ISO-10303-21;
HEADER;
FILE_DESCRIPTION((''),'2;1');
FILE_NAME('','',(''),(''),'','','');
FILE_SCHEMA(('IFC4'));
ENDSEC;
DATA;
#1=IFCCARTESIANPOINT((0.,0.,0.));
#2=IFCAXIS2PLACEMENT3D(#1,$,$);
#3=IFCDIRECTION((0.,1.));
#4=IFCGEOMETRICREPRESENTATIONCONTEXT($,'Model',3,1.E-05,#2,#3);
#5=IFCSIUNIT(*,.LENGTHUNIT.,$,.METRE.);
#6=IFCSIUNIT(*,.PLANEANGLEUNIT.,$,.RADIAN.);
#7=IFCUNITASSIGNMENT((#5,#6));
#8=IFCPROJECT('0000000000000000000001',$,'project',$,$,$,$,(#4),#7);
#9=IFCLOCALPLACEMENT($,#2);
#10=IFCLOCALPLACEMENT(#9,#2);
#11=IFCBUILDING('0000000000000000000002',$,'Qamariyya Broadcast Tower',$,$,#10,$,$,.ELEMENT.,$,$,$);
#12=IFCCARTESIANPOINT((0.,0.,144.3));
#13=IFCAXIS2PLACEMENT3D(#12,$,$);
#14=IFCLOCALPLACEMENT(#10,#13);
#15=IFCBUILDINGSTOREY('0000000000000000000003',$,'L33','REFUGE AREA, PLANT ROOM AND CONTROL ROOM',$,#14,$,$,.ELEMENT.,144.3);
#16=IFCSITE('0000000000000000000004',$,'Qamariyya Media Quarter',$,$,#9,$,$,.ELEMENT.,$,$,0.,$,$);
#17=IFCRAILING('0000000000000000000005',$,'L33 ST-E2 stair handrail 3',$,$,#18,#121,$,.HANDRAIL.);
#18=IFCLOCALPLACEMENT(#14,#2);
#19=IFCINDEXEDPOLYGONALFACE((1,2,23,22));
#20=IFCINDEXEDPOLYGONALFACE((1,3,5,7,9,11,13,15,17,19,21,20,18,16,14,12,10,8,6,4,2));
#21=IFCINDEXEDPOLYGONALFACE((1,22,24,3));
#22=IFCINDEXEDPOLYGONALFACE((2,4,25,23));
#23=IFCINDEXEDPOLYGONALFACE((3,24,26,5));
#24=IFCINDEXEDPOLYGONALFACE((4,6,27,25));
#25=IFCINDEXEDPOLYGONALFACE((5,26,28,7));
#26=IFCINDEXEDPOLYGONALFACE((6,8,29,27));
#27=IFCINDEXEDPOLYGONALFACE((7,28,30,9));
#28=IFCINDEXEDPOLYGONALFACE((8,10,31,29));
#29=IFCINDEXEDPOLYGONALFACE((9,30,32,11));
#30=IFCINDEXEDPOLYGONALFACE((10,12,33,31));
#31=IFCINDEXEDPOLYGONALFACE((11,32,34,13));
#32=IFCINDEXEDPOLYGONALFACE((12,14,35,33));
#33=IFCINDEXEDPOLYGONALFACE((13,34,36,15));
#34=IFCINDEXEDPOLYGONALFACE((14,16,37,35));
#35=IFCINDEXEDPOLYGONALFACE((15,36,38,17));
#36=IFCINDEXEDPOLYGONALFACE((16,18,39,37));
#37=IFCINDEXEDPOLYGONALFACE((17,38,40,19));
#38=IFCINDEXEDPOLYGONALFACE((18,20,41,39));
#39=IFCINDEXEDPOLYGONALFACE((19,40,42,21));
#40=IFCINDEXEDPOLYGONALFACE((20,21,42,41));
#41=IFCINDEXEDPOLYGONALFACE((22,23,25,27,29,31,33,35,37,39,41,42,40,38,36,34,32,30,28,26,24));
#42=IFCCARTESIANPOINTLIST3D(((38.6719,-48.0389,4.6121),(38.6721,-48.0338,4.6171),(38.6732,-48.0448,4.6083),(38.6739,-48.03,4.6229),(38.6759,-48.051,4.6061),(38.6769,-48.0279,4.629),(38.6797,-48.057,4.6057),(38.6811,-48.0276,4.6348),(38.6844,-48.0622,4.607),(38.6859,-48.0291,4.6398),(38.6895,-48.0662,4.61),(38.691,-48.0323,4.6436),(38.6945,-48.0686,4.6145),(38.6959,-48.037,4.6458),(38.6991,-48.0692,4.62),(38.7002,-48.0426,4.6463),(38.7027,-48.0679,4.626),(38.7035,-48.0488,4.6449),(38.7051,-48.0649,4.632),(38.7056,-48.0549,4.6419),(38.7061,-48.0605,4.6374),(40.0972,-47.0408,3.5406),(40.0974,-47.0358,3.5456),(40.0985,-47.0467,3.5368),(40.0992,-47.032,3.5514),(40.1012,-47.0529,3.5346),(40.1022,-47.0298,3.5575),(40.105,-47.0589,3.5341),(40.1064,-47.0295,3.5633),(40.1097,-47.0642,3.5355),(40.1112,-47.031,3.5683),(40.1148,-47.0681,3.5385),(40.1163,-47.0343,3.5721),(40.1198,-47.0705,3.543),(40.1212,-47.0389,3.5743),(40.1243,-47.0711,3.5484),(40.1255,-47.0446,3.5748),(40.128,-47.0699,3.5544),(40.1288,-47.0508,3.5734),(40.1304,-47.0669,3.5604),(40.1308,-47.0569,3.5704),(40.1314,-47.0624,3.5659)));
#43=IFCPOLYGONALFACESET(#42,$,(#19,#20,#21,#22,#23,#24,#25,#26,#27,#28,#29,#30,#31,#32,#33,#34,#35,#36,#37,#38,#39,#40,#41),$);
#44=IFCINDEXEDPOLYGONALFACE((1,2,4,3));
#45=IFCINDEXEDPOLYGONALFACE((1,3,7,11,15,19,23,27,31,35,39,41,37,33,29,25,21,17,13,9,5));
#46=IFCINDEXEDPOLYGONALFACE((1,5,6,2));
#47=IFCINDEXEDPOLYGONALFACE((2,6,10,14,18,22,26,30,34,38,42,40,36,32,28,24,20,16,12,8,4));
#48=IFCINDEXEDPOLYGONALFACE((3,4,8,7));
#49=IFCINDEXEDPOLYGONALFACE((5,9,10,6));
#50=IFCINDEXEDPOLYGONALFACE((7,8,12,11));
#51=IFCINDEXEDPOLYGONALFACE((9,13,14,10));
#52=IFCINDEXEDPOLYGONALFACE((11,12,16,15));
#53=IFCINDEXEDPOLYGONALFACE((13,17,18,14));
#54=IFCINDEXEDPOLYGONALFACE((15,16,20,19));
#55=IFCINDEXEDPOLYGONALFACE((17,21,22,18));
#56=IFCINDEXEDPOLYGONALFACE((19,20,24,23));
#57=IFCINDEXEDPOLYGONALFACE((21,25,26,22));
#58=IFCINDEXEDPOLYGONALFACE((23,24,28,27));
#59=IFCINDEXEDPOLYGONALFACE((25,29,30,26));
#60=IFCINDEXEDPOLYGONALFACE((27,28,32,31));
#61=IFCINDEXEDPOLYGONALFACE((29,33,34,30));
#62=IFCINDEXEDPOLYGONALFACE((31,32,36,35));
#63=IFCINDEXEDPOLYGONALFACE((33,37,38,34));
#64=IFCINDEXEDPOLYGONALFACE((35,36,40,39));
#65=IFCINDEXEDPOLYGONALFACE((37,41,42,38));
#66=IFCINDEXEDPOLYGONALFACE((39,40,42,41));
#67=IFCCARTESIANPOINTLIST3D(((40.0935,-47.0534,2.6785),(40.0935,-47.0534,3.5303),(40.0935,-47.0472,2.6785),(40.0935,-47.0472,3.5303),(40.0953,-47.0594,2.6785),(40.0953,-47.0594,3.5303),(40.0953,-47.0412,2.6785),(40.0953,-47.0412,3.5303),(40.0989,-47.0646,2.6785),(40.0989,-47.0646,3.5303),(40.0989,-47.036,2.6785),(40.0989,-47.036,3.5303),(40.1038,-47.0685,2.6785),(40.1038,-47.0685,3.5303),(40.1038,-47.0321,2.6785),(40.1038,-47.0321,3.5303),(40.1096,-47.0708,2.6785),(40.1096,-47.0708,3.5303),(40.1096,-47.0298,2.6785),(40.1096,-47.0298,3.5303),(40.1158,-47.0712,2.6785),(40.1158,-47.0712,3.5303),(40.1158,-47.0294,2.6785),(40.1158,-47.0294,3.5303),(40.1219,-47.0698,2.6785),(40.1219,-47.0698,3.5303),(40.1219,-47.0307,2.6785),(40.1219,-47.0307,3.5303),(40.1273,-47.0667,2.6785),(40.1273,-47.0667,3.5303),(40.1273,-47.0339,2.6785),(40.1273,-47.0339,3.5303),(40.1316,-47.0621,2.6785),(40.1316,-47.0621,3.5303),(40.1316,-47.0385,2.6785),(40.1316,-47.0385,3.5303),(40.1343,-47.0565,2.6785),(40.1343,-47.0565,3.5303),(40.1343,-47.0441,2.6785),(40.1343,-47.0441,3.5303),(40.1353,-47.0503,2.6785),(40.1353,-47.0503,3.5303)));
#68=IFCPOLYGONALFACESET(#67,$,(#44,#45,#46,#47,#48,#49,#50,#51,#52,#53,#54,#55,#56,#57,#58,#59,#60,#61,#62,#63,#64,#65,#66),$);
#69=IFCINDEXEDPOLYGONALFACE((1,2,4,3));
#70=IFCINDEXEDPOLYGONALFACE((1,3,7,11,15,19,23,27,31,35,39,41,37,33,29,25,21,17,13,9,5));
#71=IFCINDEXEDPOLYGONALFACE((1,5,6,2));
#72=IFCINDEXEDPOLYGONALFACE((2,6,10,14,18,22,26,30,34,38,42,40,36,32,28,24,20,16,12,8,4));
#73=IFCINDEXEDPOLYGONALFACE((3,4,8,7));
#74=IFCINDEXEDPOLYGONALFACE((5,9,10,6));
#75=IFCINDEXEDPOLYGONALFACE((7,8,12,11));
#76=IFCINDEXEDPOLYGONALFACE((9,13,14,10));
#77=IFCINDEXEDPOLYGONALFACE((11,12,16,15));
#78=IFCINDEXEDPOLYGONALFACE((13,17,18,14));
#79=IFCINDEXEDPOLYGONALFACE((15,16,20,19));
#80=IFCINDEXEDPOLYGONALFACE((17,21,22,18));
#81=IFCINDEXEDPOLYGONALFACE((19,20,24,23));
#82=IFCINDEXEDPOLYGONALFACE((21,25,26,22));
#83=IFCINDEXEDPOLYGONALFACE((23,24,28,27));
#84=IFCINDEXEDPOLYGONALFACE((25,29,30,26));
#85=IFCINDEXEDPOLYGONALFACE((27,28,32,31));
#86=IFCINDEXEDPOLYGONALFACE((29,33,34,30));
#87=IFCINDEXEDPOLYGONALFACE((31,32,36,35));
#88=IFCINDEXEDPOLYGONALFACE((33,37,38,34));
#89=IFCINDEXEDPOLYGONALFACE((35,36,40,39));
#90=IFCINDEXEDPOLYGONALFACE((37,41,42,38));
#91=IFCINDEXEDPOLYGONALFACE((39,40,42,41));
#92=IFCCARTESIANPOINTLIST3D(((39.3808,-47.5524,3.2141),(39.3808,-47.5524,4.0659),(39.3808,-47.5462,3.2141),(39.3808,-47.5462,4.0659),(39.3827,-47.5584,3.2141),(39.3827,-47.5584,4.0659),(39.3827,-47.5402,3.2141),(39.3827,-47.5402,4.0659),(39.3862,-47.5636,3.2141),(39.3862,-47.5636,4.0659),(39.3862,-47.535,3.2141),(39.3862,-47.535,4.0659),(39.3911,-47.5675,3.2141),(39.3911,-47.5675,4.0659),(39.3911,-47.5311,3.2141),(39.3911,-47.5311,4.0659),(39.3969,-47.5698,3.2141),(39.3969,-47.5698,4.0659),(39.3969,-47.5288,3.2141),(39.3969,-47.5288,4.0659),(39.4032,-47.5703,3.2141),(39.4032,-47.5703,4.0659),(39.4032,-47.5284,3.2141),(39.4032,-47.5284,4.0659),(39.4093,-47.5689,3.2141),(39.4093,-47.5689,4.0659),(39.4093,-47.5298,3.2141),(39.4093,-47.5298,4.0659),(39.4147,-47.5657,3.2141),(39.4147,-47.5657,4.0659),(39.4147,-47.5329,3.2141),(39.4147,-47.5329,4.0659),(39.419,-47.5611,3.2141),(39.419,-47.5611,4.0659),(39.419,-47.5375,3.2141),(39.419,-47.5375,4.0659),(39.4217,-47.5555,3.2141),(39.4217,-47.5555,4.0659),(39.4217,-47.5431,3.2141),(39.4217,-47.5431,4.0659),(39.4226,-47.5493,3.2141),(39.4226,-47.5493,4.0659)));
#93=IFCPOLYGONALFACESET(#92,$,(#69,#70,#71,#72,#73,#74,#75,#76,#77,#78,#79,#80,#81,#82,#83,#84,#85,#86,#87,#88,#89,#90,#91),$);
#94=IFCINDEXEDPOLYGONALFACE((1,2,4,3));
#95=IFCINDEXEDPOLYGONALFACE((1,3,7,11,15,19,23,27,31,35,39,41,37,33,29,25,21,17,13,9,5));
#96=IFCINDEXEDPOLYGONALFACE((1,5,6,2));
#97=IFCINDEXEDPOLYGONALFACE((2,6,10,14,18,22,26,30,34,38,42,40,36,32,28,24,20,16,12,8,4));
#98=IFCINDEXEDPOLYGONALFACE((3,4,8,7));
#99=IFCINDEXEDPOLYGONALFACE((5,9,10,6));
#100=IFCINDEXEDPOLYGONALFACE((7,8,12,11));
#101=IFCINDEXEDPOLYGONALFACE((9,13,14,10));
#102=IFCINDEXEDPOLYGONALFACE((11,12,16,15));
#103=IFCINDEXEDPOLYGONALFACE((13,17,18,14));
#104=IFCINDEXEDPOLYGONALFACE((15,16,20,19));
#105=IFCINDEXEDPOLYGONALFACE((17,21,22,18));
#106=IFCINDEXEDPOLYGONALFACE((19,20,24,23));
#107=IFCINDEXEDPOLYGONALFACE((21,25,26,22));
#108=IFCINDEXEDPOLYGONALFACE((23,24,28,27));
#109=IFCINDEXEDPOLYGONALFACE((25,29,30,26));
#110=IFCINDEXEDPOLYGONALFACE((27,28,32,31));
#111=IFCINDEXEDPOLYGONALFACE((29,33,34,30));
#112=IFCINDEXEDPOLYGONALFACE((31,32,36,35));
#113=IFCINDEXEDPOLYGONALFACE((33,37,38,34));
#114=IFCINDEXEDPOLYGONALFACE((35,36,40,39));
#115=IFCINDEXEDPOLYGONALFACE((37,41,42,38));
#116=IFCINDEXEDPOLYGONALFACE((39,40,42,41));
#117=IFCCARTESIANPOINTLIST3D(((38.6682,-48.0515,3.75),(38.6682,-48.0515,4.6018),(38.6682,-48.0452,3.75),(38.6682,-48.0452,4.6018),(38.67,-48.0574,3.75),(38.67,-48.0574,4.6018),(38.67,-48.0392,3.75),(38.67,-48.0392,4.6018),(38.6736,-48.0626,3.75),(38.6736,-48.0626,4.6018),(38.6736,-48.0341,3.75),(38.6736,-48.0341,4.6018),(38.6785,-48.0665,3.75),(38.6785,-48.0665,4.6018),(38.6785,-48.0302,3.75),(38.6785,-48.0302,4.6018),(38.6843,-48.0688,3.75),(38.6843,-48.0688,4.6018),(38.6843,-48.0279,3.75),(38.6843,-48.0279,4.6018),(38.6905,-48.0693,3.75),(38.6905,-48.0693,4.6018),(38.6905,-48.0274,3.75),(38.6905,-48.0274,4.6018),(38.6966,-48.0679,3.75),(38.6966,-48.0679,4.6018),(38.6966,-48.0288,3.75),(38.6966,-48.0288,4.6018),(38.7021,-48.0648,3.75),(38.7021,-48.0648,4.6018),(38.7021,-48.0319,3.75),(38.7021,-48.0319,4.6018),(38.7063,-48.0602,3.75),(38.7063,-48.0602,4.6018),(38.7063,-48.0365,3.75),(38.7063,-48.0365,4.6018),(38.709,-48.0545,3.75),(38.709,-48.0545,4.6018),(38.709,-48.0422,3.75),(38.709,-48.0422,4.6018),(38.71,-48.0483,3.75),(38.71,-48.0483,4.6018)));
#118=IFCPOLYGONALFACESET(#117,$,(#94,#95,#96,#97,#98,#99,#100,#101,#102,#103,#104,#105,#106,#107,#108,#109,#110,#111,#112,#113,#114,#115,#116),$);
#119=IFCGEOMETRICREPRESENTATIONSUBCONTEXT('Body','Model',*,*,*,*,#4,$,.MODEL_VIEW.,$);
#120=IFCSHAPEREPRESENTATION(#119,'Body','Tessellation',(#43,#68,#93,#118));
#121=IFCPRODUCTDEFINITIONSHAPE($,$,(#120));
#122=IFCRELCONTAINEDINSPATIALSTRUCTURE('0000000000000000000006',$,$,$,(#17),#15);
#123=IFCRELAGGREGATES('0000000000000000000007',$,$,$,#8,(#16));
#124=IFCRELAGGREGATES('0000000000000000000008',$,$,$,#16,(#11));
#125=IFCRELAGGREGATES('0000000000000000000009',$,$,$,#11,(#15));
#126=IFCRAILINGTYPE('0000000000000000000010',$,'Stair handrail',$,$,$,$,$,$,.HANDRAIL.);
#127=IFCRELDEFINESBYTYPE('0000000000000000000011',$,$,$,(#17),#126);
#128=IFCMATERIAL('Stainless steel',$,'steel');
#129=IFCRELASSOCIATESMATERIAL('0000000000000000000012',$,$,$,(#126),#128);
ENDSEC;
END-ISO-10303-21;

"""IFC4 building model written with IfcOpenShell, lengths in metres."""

from ifc_helpers import new_model, si_unit, direction, frame, origin, origin_2d, place, context, subcontext, project, spatial, circle, extrude, material, type_object, element, save


model = new_model("IFC4")

# Units and contexts
model_context = context("Model", 3, precision=1e-05, world=origin(), true_north=direction((0.0, 1.0)))
body_context = subcontext(model_context, "Body", "Model", "MODEL_VIEW")
ifc_project = project(units=[si_unit("LENGTHUNIT", "METRE"), si_unit("PLANEANGLEUNIT", "RADIAN")], contexts=[model_context])

# Site, building, storey
site_placement = place(None, origin())
site = spatial("IfcSite", under=ifc_project, at=site_placement, Name="Qamariyya Media Quarter", CompositionType="ELEMENT", RefElevation=0.0)
building_placement = place(site_placement, origin())
building = spatial("IfcBuilding", under=site, at=building_placement, Name="Qamariyya Broadcast Tower", CompositionType="ELEMENT")
storey_placement = place(building_placement, frame((0.0, 0.0, 144.3)))
storey = spatial("IfcBuildingStorey", under=building, at=storey_placement, Name="L33", Description="REFUGE AREA, PLANT ROOM AND CONTROL ROOM", CompositionType="ELEMENT", Elevation=144.3)

# Railing
ifc_material_1 = material(Name="Stainless steel", Category="steel")
railing_type_1 = type_object("IfcRailingType", Name="Stair handrail", PredefinedType="HANDRAIL", material=ifc_material_1)
railing_1_placement = place(storey_placement, frame((40.1143, -47.0503, 2.6785)))
element("IfcRailing", 1, at=railing_1_placement, inside=storey, type_object=railing_type_1, Name="L33 ST-E2 stair handrail 3", PredefinedType="HANDRAIL", context=body_context, shape_type="SweptSolid", body=[
    extrude(circle(Radius=0.0239, at=origin_2d()), frame((0.0, 0.0, 0.876), z_axis=(-0.697489, -0.48841, 0.524371), x_axis=(0.573594, -0.81914, 0.0)), (0.0, 0.0, 1.0), 2.0435),
    extrude(circle(Radius=0.021, at=origin_2d()), origin(), (0.0, 0.0, 1.0), 0.8518),
    extrude(circle(Radius=0.021, at=origin_2d()), frame((-0.7126, -0.499, 0.5356)), (0.0, 0.0, 1.0), 0.8518),
    extrude(circle(Radius=0.021, at=origin_2d()), frame((-1.4253, -0.998, 1.0715)), (0.0, 0.0, 1.0), 0.8518),
])

save(model, "model.ifc")
